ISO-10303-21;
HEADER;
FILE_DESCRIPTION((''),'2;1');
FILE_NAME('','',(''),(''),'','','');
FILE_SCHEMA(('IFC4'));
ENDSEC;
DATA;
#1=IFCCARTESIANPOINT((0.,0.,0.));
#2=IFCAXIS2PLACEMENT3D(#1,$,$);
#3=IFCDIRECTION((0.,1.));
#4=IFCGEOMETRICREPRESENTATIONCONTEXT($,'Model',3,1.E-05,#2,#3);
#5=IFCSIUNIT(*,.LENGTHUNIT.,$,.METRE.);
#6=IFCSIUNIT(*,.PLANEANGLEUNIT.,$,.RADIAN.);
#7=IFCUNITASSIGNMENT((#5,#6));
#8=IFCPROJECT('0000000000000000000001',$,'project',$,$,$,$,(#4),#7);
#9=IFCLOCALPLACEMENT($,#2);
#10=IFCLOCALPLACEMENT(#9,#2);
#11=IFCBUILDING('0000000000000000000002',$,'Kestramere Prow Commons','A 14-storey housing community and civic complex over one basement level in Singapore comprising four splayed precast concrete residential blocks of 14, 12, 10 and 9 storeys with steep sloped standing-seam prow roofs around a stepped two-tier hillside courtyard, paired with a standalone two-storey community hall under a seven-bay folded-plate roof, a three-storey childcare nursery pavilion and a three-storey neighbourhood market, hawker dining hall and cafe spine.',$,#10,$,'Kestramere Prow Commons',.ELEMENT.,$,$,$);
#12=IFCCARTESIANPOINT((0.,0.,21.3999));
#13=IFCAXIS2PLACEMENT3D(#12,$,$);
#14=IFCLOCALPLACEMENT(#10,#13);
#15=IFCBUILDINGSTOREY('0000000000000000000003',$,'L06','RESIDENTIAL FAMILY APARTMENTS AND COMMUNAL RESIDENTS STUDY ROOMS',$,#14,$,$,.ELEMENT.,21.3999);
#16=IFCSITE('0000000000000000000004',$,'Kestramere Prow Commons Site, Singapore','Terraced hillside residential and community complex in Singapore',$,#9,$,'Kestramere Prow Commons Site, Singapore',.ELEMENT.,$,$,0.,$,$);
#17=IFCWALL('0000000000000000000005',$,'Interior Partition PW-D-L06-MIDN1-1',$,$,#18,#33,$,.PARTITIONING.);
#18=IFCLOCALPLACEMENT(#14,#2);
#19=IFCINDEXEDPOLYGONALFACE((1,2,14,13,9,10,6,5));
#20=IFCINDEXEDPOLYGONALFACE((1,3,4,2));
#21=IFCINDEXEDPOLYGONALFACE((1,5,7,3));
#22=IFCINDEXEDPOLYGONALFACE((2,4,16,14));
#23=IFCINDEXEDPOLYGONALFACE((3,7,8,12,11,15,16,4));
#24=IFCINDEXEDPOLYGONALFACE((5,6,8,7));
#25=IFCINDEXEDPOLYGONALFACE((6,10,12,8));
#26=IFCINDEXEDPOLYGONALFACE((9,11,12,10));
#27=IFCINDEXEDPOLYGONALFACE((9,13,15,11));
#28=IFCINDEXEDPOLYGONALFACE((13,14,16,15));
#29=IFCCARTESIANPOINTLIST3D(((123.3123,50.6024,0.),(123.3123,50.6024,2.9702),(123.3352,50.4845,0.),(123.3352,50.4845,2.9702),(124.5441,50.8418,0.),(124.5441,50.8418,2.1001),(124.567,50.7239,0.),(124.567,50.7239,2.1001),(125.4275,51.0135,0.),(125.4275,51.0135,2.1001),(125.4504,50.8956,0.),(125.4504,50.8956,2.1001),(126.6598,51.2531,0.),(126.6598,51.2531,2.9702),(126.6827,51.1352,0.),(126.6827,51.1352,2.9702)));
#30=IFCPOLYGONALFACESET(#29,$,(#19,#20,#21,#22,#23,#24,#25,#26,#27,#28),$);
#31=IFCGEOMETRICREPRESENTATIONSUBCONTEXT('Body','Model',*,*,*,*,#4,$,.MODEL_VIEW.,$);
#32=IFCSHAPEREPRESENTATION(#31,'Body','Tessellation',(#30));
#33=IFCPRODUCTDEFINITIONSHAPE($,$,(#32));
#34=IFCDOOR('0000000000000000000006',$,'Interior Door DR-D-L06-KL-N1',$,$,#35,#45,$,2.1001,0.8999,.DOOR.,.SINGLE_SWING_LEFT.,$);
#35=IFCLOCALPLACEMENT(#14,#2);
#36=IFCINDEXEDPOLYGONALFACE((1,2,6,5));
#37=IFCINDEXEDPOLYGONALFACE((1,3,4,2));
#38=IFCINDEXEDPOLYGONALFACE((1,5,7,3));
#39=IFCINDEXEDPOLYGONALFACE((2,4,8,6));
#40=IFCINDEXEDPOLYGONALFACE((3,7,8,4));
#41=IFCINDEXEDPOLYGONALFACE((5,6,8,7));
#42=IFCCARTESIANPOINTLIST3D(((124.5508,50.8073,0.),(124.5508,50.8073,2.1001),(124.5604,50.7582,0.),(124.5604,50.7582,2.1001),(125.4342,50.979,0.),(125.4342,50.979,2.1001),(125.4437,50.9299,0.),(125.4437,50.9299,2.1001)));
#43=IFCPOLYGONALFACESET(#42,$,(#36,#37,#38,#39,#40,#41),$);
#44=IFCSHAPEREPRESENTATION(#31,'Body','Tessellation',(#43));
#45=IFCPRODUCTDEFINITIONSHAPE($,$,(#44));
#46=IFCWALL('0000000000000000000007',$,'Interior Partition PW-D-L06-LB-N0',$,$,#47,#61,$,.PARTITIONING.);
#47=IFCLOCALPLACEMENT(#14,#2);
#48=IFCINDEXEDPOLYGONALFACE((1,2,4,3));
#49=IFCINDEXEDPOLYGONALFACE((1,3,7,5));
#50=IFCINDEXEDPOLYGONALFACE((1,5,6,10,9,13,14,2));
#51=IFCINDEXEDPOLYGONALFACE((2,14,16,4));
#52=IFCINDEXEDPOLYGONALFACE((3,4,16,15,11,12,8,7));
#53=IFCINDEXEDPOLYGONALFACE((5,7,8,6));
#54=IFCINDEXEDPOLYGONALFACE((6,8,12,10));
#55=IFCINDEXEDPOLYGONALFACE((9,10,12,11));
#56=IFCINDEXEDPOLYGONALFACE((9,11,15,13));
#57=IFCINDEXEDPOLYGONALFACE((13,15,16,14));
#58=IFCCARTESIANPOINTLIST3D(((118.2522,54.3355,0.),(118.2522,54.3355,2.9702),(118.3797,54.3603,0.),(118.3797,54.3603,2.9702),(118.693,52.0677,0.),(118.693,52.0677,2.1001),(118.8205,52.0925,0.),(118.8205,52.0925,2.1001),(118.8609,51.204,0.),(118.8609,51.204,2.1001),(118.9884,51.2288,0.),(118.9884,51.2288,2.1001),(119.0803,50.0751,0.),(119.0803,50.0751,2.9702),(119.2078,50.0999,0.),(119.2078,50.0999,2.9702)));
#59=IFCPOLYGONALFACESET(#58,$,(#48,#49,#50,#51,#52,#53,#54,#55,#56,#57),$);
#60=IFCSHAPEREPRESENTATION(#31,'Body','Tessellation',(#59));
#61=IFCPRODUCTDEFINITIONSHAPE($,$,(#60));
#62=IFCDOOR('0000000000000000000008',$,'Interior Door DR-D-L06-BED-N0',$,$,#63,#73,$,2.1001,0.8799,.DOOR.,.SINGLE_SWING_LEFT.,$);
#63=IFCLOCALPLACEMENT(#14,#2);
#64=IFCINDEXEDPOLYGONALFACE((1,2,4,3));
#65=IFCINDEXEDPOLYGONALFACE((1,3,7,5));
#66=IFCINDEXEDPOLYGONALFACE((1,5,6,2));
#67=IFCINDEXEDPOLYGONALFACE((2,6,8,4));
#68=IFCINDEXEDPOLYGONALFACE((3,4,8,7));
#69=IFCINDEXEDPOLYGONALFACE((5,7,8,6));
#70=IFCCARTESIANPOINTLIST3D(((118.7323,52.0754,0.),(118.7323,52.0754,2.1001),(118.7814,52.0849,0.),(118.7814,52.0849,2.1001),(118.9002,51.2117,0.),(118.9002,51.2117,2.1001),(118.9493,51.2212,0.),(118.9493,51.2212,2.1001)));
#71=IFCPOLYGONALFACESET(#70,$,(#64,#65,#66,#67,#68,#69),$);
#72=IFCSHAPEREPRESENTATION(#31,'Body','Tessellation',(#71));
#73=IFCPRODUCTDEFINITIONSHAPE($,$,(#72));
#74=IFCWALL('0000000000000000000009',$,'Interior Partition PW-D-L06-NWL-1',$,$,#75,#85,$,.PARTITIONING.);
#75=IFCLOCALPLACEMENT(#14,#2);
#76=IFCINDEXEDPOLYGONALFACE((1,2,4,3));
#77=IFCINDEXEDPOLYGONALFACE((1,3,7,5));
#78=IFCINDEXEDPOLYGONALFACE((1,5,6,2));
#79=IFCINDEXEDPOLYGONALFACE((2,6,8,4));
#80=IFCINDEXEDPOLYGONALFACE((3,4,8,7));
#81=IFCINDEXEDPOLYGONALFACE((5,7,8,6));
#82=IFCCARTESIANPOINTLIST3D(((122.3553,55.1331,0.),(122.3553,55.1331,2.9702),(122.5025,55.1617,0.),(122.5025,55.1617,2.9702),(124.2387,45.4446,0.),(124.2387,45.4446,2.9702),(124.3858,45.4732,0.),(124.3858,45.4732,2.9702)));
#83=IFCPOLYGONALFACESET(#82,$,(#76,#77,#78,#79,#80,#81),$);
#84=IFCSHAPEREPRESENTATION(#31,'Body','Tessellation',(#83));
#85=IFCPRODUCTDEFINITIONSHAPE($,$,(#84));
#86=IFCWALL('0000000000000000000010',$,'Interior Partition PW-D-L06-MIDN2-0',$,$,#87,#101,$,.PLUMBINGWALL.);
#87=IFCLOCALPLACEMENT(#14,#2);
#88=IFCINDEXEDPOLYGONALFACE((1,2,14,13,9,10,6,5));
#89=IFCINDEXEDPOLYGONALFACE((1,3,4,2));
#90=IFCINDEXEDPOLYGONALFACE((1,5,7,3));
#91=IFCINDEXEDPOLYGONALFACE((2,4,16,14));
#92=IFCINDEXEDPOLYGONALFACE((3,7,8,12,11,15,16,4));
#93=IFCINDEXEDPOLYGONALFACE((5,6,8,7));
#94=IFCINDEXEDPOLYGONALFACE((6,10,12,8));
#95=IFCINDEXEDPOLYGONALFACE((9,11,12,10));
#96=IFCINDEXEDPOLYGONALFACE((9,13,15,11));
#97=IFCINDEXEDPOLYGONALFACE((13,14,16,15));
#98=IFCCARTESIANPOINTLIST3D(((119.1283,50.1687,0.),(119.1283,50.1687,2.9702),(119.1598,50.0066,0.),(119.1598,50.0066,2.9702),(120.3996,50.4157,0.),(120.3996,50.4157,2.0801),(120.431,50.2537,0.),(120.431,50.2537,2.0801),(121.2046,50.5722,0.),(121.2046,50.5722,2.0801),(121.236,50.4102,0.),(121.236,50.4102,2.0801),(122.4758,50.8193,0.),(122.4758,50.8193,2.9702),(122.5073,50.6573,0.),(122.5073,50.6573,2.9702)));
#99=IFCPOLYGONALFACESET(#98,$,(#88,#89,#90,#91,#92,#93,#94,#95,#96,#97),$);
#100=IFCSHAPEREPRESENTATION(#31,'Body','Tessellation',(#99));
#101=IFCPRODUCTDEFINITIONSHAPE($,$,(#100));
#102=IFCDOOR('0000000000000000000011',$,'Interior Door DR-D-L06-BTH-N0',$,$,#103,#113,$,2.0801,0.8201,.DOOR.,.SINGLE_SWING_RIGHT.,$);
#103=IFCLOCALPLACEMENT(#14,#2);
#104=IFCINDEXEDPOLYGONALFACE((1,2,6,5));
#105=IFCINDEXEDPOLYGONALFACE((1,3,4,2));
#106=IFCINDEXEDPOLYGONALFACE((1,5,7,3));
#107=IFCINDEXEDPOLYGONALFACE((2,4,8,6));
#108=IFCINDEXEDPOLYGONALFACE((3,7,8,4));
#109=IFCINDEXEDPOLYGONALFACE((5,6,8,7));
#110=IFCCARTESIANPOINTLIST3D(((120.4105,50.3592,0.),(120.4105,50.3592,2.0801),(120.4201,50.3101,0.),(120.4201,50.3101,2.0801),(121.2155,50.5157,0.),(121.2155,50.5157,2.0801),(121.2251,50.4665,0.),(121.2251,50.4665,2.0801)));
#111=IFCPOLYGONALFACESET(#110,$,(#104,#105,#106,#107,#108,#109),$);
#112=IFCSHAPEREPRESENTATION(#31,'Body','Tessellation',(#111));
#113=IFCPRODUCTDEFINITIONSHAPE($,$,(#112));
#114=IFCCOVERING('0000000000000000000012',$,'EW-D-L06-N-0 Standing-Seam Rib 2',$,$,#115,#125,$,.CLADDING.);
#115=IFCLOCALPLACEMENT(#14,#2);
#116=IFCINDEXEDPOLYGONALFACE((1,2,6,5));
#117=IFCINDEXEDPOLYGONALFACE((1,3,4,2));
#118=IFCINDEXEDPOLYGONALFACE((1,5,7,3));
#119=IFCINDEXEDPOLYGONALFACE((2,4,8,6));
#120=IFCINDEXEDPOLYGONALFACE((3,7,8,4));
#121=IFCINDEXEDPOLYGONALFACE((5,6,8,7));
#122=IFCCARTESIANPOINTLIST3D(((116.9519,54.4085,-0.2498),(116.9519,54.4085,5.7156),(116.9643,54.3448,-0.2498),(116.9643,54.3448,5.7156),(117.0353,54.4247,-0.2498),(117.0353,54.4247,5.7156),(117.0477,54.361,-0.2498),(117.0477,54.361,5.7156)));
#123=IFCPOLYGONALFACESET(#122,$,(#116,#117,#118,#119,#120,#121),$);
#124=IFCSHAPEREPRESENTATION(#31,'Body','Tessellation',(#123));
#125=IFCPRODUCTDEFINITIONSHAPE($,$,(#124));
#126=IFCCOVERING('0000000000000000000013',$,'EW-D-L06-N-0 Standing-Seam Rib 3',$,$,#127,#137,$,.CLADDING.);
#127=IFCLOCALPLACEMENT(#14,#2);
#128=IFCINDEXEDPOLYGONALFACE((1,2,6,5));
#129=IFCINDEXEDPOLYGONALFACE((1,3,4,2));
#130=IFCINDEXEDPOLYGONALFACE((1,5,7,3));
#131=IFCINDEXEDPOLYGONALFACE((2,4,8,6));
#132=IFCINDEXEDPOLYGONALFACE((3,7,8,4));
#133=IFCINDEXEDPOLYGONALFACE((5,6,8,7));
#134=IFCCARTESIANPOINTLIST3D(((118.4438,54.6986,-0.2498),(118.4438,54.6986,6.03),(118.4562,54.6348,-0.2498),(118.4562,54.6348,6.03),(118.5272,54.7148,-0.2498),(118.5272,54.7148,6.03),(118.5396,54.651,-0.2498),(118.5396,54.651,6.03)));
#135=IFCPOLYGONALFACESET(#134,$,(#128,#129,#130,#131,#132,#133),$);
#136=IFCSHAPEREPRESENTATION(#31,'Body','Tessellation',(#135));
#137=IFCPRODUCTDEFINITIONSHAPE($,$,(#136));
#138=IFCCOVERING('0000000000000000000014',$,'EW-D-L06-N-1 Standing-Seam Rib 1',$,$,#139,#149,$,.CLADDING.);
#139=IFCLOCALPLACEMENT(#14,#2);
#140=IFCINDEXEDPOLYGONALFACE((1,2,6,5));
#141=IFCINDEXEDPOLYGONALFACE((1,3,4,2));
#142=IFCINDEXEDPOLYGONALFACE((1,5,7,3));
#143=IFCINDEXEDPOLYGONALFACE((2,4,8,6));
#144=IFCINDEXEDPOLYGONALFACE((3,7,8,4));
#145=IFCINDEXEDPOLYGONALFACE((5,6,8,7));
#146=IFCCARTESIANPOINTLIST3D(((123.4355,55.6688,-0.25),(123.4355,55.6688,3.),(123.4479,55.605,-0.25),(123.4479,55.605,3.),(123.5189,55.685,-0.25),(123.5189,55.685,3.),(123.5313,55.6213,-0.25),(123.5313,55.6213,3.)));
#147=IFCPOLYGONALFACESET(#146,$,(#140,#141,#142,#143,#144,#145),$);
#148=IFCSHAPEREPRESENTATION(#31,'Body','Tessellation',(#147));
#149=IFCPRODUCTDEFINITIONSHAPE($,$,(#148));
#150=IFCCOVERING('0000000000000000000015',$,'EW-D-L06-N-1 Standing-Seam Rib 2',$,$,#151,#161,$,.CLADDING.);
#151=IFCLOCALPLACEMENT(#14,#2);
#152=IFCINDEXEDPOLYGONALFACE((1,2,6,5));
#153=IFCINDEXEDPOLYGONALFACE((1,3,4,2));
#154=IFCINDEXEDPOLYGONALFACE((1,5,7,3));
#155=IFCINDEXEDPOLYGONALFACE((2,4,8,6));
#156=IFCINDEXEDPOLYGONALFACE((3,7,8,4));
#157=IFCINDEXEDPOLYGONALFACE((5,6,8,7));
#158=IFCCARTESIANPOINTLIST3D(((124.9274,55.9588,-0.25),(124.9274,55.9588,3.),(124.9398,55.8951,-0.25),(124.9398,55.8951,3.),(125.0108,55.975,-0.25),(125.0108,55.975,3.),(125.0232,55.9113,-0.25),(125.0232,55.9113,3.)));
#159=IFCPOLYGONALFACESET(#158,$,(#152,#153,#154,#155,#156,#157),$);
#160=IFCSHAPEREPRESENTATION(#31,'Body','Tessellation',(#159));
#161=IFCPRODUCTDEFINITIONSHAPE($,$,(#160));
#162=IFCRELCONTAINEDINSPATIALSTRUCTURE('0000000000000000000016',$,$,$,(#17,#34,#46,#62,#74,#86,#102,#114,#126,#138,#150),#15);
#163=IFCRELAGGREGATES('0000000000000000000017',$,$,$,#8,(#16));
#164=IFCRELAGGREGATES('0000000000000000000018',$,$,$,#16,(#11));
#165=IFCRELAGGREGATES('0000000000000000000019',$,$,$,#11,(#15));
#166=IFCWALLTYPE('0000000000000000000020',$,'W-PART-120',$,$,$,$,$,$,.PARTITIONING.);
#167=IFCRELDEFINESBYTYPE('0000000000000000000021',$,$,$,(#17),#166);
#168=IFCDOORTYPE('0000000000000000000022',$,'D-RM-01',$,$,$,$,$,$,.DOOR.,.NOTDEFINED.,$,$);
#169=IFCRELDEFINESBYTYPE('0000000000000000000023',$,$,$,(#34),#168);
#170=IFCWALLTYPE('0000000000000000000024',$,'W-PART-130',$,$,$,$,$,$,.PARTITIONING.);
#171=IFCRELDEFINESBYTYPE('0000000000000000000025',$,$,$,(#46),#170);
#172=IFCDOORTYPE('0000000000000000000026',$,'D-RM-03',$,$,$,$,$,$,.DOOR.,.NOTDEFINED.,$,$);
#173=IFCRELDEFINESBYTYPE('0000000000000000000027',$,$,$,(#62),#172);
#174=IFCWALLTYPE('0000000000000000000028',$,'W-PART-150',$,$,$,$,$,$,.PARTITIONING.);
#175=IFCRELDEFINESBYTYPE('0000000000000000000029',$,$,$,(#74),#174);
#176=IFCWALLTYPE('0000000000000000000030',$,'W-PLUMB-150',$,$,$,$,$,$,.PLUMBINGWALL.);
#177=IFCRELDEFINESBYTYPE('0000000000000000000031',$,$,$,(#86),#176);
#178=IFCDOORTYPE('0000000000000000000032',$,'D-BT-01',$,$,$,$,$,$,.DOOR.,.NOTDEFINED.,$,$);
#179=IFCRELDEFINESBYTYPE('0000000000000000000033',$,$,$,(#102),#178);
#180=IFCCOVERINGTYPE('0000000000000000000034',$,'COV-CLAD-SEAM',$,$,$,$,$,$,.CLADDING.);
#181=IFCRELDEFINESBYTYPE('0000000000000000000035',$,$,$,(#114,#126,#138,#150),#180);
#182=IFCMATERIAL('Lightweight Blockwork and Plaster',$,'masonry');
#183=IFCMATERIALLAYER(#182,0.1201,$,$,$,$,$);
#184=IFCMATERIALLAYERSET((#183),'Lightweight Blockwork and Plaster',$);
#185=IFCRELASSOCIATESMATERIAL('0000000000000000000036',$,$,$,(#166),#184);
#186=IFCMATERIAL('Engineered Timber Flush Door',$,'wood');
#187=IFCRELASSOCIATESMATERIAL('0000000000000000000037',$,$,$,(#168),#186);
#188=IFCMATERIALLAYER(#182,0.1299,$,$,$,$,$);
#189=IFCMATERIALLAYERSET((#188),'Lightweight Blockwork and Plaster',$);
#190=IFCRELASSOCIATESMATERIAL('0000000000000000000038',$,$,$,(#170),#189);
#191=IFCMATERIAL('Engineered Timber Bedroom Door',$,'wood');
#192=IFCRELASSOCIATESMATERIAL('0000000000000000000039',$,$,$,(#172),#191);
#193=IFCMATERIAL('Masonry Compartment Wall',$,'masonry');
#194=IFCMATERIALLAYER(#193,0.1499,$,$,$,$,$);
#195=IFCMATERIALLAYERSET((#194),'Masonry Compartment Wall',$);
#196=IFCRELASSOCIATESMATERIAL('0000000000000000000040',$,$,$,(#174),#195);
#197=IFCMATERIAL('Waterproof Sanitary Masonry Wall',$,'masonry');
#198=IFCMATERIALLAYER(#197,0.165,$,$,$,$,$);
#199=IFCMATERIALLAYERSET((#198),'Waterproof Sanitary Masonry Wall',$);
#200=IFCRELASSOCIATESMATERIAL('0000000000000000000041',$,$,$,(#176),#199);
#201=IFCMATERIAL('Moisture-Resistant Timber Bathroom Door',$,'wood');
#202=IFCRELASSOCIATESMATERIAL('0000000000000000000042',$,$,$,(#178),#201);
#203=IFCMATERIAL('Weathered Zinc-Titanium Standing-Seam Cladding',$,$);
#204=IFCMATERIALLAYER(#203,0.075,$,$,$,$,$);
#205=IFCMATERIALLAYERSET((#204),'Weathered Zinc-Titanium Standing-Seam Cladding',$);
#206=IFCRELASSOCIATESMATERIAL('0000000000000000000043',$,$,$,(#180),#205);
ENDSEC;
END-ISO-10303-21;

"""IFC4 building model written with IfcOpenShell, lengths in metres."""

from ifc_helpers import new_model, si_unit, direction, frame, frame_2d, origin, origin_2d, place, context, subcontext, project, spatial, rectangle, extrude, material, layer, layer_set, type_object, element, fill, save


model = new_model("IFC4")

# Units and contexts
model_context = context("Model", 3, precision=1e-05, world=origin(), true_north=direction((0.0, 1.0)))
body_context = subcontext(model_context, "Body", "Model", "MODEL_VIEW")
ifc_project = project(units=[si_unit("LENGTHUNIT", "METRE"), si_unit("PLANEANGLEUNIT", "RADIAN")], contexts=[model_context])

# Site, building, storey
site_placement = place(None, origin())
site = spatial("IfcSite", under=ifc_project, at=site_placement, Name="Kestramere Prow Commons Site, Singapore", Description="Terraced hillside residential and community complex in Singapore", LongName="Kestramere Prow Commons Site, Singapore", CompositionType="ELEMENT", RefElevation=0.0)
building_placement = place(site_placement, origin())
building = spatial("IfcBuilding", under=site, at=building_placement, Name="Kestramere Prow Commons", Description="A 14-storey housing community and civic complex over one basement level in Singapore comprising four splayed precast concrete residential blocks of 14, 12, 10 and 9 storeys with steep sloped standing-seam prow roofs around a stepped two-tier hillside courtyard, paired with a standalone two-storey community hall under a seven-bay folded-plate roof, a three-storey childcare nursery pavilion and a three-storey neighbourhood market, hawker dining hall and cafe spine.", LongName="Kestramere Prow Commons", CompositionType="ELEMENT")
storey_placement = place(building_placement, frame((0.0, 0.0, 21.3999)))
storey = spatial("IfcBuildingStorey", under=building, at=storey_placement, Name="L06", Description="RESIDENTIAL FAMILY APARTMENTS AND COMMUNAL RESIDENTS STUDY ROOMS", CompositionType="ELEMENT", Elevation=21.3999)

# Walls, openings, doors
ifc_material_1 = material(Name="Lightweight Blockwork and Plaster", Category="masonry")
ifc_layer_1 = layer(ifc_material_1, 0.1201)
ifc_layer_set_1 = layer_set([ifc_layer_1], Name="Lightweight Blockwork and Plaster")
wall_type_1 = type_object("IfcWallType", Name="W-PART-120", PredefinedType="PARTITIONING", material=ifc_layer_set_1)
wall_1_placement = place(storey_placement, frame((123.3237, 50.5435, 0.0), z_axis=(0.0, 0.0, 1.0), x_axis=(0.981629, 0.190799, 0.0)))
wall_1 = element("IfcWall", 1, at=wall_1_placement, inside=storey, type_object=wall_type_1, Name="Interior Partition PW-D-L06-MIDN1-1", PredefinedType="PARTITIONING", context=body_context, shape_type="SweptSolid", body=[
    extrude(rectangle(XDim=3.4102, YDim=0.1201, at=frame_2d((1.7051, 0.0))), origin(), (0.0, 0.0, 1.0), 2.9702),
])
opening_1_placement = place(wall_1_placement, frame((1.2549, 0.0, 0.0)))
opening_1 = element("IfcOpeningElement", 2, at=opening_1_placement, cuts=wall_1, PredefinedType="OPENING", context=body_context, shape_type="SweptSolid", body=[
    extrude(rectangle(XDim=0.8999, YDim=2.1001, at=frame_2d((0.45, 1.05))), frame((0.0, 0.075, 0.0), z_axis=(0.0, -1.0, 0.0), x_axis=(1.0, 0.0, 0.0)), (0.0, 0.0, 1.0), 0.1501),
])
ifc_material_2 = material(Name="Engineered Timber Flush Door", Category="wood")
door_type_1 = type_object("IfcDoorType", Name="D-RM-01", OperationType="NOTDEFINED", PredefinedType="DOOR", material=ifc_material_2)
door_1_placement = place(opening_1_placement, origin())
door_1 = element("IfcDoor", 3, at=door_1_placement, inside=storey, type_object=door_type_1, Name="Interior Door DR-D-L06-KL-N1", OperationType="SINGLE_SWING_LEFT", OverallHeight=2.1001, OverallWidth=0.8999, PredefinedType="DOOR", context=body_context, shape_type="SweptSolid", body=[
    extrude(rectangle(XDim=0.8999, YDim=2.1001, at=frame_2d((0.45, 1.05))), frame((0.0, 0.0249, 0.0), z_axis=(0.0, -1.0, 0.0), x_axis=(1.0, 0.0, 0.0)), (0.0, 0.0, 1.0), 0.05),
])
fill(opening_1, door_1)
ifc_layer_2 = layer(ifc_material_1, 0.1299)
ifc_layer_set_2 = layer_set([ifc_layer_2], Name="Lightweight Blockwork and Plaster")
wall_type_2 = type_object("IfcWallType", Name="W-PART-130", PredefinedType="PARTITIONING", material=ifc_layer_set_2)
wall_2_placement = place(storey_placement, frame((119.144, 50.0876, 0.0), z_axis=(0.0, 0.0, 1.0), x_axis=(-0.190812, 0.981627, 0.0)))
wall_2 = element("IfcWall", 4, at=wall_2_placement, inside=storey, type_object=wall_type_2, Name="Interior Partition PW-D-L06-LB-N0", PredefinedType="PARTITIONING", context=body_context, shape_type="SweptSolid", body=[
    extrude(rectangle(XDim=4.3401, YDim=0.1299, at=frame_2d((2.1699, 0.0))), origin(), (0.0, 0.0, 1.0), 2.9702),
])
opening_2_placement = place(wall_2_placement, frame((1.1499, 0.0, 0.0)))
opening_2 = element("IfcOpeningElement", 5, at=opening_2_placement, cuts=wall_2, PredefinedType="OPENING", context=body_context, shape_type="SweptSolid", body=[
    extrude(rectangle(XDim=0.8799, YDim=2.1001, at=frame_2d((0.4399, 1.05))), frame((0.0, 0.0798, 0.0), z_axis=(0.0, -1.0, 0.0), x_axis=(1.0, 0.0, 0.0)), (0.0, 0.0, 1.0), 0.1599),
])
ifc_material_3 = material(Name="Engineered Timber Bedroom Door", Category="wood")
door_type_2 = type_object("IfcDoorType", Name="D-RM-03", OperationType="NOTDEFINED", PredefinedType="DOOR", material=ifc_material_3)
door_2_placement = place(opening_2_placement, origin())
door_2 = element("IfcDoor", 6, at=door_2_placement, inside=storey, type_object=door_type_2, Name="Interior Door DR-D-L06-BED-N0", OperationType="SINGLE_SWING_LEFT", OverallHeight=2.1001, OverallWidth=0.8799, PredefinedType="DOOR", context=body_context, shape_type="SweptSolid", body=[
    extrude(rectangle(XDim=0.8799, YDim=2.1001, at=frame_2d((0.4399, 1.05))), frame((0.0, 0.0249, 0.0), z_axis=(0.0, -1.0, 0.0), x_axis=(1.0, 0.0, 0.0)), (0.0, 0.0, 1.0), 0.05),
])
fill(opening_2, door_2)

# Wall
ifc_material_4 = material(Name="Masonry Compartment Wall", Category="masonry")
ifc_layer_3 = layer(ifc_material_4, 0.1499)
ifc_layer_set_3 = layer_set([ifc_layer_3], Name="Masonry Compartment Wall")
wall_type_3 = type_object("IfcWallType", Name="W-PART-150", PredefinedType="PARTITIONING", material=ifc_layer_set_3)
wall_3_placement = place(storey_placement, frame((124.3123, 45.4587, 0.0), z_axis=(0.0, 0.0, 1.0), x_axis=(-0.190814, 0.981626, 0.0)))
element("IfcWall", 7, at=wall_3_placement, inside=storey, type_object=wall_type_3, Name="Interior Partition PW-D-L06-NWL-1", PredefinedType="PARTITIONING", context=body_context, shape_type="SweptSolid", body=[
    extrude(rectangle(XDim=9.8699, YDim=0.1499, at=frame_2d((4.9351, 0.0))), origin(), (0.0, 0.0, 1.0), 2.9702),
])

# Wall, opening, door
ifc_material_5 = material(Name="Waterproof Sanitary Masonry Wall", Category="masonry")
ifc_layer_4 = layer(ifc_material_5, 0.165)
ifc_layer_set_4 = layer_set([ifc_layer_4], Name="Waterproof Sanitary Masonry Wall")
wall_type_4 = type_object("IfcWallType", Name="W-PLUMB-150", PredefinedType="PLUMBINGWALL", material=ifc_layer_set_4)
wall_4_placement = place(storey_placement, frame((119.144, 50.0876, 0.0), z_axis=(0.0, 0.0, 1.0), x_axis=(0.981629, 0.190799, 0.0)))
wall_4 = element("IfcWall", 8, at=wall_4_placement, inside=storey, type_object=wall_type_4, Name="Interior Partition PW-D-L06-MIDN2-0", PredefinedType="PLUMBINGWALL", context=body_context, shape_type="SweptSolid", body=[
    extrude(rectangle(XDim=3.4102, YDim=0.165, at=frame_2d((1.7051, 0.0))), origin(), (0.0, 0.0, 1.0), 2.9702),
])
opening_3_placement = place(wall_4_placement, frame((1.2949, 0.0, 0.0)))
opening_3 = element("IfcOpeningElement", 9, at=opening_3_placement, cuts=wall_4, PredefinedType="OPENING", context=body_context, shape_type="SweptSolid", body=[
    extrude(rectangle(XDim=0.8201, YDim=2.0801, at=frame_2d((0.4102, 1.04))), frame((0.0, 0.0974, 0.0), z_axis=(0.0, -1.0, 0.0), x_axis=(1.0, 0.0, 0.0)), (0.0, 0.0, 1.0), 0.1951),
])
ifc_material_6 = material(Name="Moisture-Resistant Timber Bathroom Door", Category="wood")
door_type_3 = type_object("IfcDoorType", Name="D-BT-01", OperationType="NOTDEFINED", PredefinedType="DOOR", material=ifc_material_6)
door_3_placement = place(opening_3_placement, origin())
door_3 = element("IfcDoor", 10, at=door_3_placement, inside=storey, type_object=door_type_3, Name="Interior Door DR-D-L06-BTH-N0", OperationType="SINGLE_SWING_RIGHT", OverallHeight=2.0801, OverallWidth=0.8201, PredefinedType="DOOR", context=body_context, shape_type="SweptSolid", body=[
    extrude(rectangle(XDim=0.8201, YDim=2.0801, at=frame_2d((0.4102, 1.04))), frame((0.0, 0.0249, 0.0), z_axis=(0.0, -1.0, 0.0), x_axis=(1.0, 0.0, 0.0)), (0.0, 0.0, 1.0), 0.05),
])
fill(opening_3, door_3)

# Coverings
ifc_material_7 = material(Name="Weathered Zinc-Titanium Standing-Seam Cladding")
ifc_layer_5 = layer(ifc_material_7, 0.075)
ifc_layer_set_5 = layer_set([ifc_layer_5], Name="Weathered Zinc-Titanium Standing-Seam Cladding")
covering_type = type_object("IfcCoveringType", Name="COV-CLAD-SEAM", PredefinedType="CLADDING", material=ifc_layer_set_5)
covering_1_placement = place(storey_placement, frame((116.9998, 54.3848, -0.2498), z_axis=(0.0, 0.0, 1.0), x_axis=(0.981627, 0.190809, 0.0)))
element("IfcCovering", 11, at=covering_1_placement, inside=storey, type_object=covering_type, Name="EW-D-L06-N-0 Standing-Seam Rib 2", PredefinedType="CLADDING", context=body_context, shape_type="SweptSolid", body=[
    extrude(rectangle(XDim=0.085, YDim=0.0649, at=origin_2d()), origin(), (0.0, 0.0, 1.0), 5.9653),
])
covering_2_placement = place(storey_placement, frame((118.4917, 54.6748, -0.2498), z_axis=(0.0, 0.0, 1.0), x_axis=(0.981627, 0.190809, 0.0)))
element("IfcCovering", 12, at=covering_2_placement, inside=storey, type_object=covering_type, Name="EW-D-L06-N-0 Standing-Seam Rib 3", PredefinedType="CLADDING", context=body_context, shape_type="SweptSolid", body=[
    extrude(rectangle(XDim=0.085, YDim=0.0649, at=origin_2d()), origin(), (0.0, 0.0, 1.0), 6.2798),
])
for number, where, z_axis, x_axis, name in (
    (13, (123.4834, 55.645, -0.25), (0.0, 0.0, 1.0), (0.981627, 0.190809, 0.0), "EW-D-L06-N-1 Standing-Seam Rib 1"),
    (14, (124.9753, 55.9351, -0.25), (0.0, 0.0, 1.0), (0.981627, 0.190809, 0.0), "EW-D-L06-N-1 Standing-Seam Rib 2"),
):
    element("IfcCovering", number, at=place(storey_placement, frame(where, z_axis=z_axis, x_axis=x_axis)), inside=storey, type_object=covering_type, Name=name, PredefinedType="CLADDING", context=body_context, shape_type="SweptSolid", body=[
        extrude(rectangle(XDim=0.085, YDim=0.0649, at=origin_2d()), origin(), (0.0, 0.0, 1.0), 3.25),
    ])

save(model, "model.ifc")
